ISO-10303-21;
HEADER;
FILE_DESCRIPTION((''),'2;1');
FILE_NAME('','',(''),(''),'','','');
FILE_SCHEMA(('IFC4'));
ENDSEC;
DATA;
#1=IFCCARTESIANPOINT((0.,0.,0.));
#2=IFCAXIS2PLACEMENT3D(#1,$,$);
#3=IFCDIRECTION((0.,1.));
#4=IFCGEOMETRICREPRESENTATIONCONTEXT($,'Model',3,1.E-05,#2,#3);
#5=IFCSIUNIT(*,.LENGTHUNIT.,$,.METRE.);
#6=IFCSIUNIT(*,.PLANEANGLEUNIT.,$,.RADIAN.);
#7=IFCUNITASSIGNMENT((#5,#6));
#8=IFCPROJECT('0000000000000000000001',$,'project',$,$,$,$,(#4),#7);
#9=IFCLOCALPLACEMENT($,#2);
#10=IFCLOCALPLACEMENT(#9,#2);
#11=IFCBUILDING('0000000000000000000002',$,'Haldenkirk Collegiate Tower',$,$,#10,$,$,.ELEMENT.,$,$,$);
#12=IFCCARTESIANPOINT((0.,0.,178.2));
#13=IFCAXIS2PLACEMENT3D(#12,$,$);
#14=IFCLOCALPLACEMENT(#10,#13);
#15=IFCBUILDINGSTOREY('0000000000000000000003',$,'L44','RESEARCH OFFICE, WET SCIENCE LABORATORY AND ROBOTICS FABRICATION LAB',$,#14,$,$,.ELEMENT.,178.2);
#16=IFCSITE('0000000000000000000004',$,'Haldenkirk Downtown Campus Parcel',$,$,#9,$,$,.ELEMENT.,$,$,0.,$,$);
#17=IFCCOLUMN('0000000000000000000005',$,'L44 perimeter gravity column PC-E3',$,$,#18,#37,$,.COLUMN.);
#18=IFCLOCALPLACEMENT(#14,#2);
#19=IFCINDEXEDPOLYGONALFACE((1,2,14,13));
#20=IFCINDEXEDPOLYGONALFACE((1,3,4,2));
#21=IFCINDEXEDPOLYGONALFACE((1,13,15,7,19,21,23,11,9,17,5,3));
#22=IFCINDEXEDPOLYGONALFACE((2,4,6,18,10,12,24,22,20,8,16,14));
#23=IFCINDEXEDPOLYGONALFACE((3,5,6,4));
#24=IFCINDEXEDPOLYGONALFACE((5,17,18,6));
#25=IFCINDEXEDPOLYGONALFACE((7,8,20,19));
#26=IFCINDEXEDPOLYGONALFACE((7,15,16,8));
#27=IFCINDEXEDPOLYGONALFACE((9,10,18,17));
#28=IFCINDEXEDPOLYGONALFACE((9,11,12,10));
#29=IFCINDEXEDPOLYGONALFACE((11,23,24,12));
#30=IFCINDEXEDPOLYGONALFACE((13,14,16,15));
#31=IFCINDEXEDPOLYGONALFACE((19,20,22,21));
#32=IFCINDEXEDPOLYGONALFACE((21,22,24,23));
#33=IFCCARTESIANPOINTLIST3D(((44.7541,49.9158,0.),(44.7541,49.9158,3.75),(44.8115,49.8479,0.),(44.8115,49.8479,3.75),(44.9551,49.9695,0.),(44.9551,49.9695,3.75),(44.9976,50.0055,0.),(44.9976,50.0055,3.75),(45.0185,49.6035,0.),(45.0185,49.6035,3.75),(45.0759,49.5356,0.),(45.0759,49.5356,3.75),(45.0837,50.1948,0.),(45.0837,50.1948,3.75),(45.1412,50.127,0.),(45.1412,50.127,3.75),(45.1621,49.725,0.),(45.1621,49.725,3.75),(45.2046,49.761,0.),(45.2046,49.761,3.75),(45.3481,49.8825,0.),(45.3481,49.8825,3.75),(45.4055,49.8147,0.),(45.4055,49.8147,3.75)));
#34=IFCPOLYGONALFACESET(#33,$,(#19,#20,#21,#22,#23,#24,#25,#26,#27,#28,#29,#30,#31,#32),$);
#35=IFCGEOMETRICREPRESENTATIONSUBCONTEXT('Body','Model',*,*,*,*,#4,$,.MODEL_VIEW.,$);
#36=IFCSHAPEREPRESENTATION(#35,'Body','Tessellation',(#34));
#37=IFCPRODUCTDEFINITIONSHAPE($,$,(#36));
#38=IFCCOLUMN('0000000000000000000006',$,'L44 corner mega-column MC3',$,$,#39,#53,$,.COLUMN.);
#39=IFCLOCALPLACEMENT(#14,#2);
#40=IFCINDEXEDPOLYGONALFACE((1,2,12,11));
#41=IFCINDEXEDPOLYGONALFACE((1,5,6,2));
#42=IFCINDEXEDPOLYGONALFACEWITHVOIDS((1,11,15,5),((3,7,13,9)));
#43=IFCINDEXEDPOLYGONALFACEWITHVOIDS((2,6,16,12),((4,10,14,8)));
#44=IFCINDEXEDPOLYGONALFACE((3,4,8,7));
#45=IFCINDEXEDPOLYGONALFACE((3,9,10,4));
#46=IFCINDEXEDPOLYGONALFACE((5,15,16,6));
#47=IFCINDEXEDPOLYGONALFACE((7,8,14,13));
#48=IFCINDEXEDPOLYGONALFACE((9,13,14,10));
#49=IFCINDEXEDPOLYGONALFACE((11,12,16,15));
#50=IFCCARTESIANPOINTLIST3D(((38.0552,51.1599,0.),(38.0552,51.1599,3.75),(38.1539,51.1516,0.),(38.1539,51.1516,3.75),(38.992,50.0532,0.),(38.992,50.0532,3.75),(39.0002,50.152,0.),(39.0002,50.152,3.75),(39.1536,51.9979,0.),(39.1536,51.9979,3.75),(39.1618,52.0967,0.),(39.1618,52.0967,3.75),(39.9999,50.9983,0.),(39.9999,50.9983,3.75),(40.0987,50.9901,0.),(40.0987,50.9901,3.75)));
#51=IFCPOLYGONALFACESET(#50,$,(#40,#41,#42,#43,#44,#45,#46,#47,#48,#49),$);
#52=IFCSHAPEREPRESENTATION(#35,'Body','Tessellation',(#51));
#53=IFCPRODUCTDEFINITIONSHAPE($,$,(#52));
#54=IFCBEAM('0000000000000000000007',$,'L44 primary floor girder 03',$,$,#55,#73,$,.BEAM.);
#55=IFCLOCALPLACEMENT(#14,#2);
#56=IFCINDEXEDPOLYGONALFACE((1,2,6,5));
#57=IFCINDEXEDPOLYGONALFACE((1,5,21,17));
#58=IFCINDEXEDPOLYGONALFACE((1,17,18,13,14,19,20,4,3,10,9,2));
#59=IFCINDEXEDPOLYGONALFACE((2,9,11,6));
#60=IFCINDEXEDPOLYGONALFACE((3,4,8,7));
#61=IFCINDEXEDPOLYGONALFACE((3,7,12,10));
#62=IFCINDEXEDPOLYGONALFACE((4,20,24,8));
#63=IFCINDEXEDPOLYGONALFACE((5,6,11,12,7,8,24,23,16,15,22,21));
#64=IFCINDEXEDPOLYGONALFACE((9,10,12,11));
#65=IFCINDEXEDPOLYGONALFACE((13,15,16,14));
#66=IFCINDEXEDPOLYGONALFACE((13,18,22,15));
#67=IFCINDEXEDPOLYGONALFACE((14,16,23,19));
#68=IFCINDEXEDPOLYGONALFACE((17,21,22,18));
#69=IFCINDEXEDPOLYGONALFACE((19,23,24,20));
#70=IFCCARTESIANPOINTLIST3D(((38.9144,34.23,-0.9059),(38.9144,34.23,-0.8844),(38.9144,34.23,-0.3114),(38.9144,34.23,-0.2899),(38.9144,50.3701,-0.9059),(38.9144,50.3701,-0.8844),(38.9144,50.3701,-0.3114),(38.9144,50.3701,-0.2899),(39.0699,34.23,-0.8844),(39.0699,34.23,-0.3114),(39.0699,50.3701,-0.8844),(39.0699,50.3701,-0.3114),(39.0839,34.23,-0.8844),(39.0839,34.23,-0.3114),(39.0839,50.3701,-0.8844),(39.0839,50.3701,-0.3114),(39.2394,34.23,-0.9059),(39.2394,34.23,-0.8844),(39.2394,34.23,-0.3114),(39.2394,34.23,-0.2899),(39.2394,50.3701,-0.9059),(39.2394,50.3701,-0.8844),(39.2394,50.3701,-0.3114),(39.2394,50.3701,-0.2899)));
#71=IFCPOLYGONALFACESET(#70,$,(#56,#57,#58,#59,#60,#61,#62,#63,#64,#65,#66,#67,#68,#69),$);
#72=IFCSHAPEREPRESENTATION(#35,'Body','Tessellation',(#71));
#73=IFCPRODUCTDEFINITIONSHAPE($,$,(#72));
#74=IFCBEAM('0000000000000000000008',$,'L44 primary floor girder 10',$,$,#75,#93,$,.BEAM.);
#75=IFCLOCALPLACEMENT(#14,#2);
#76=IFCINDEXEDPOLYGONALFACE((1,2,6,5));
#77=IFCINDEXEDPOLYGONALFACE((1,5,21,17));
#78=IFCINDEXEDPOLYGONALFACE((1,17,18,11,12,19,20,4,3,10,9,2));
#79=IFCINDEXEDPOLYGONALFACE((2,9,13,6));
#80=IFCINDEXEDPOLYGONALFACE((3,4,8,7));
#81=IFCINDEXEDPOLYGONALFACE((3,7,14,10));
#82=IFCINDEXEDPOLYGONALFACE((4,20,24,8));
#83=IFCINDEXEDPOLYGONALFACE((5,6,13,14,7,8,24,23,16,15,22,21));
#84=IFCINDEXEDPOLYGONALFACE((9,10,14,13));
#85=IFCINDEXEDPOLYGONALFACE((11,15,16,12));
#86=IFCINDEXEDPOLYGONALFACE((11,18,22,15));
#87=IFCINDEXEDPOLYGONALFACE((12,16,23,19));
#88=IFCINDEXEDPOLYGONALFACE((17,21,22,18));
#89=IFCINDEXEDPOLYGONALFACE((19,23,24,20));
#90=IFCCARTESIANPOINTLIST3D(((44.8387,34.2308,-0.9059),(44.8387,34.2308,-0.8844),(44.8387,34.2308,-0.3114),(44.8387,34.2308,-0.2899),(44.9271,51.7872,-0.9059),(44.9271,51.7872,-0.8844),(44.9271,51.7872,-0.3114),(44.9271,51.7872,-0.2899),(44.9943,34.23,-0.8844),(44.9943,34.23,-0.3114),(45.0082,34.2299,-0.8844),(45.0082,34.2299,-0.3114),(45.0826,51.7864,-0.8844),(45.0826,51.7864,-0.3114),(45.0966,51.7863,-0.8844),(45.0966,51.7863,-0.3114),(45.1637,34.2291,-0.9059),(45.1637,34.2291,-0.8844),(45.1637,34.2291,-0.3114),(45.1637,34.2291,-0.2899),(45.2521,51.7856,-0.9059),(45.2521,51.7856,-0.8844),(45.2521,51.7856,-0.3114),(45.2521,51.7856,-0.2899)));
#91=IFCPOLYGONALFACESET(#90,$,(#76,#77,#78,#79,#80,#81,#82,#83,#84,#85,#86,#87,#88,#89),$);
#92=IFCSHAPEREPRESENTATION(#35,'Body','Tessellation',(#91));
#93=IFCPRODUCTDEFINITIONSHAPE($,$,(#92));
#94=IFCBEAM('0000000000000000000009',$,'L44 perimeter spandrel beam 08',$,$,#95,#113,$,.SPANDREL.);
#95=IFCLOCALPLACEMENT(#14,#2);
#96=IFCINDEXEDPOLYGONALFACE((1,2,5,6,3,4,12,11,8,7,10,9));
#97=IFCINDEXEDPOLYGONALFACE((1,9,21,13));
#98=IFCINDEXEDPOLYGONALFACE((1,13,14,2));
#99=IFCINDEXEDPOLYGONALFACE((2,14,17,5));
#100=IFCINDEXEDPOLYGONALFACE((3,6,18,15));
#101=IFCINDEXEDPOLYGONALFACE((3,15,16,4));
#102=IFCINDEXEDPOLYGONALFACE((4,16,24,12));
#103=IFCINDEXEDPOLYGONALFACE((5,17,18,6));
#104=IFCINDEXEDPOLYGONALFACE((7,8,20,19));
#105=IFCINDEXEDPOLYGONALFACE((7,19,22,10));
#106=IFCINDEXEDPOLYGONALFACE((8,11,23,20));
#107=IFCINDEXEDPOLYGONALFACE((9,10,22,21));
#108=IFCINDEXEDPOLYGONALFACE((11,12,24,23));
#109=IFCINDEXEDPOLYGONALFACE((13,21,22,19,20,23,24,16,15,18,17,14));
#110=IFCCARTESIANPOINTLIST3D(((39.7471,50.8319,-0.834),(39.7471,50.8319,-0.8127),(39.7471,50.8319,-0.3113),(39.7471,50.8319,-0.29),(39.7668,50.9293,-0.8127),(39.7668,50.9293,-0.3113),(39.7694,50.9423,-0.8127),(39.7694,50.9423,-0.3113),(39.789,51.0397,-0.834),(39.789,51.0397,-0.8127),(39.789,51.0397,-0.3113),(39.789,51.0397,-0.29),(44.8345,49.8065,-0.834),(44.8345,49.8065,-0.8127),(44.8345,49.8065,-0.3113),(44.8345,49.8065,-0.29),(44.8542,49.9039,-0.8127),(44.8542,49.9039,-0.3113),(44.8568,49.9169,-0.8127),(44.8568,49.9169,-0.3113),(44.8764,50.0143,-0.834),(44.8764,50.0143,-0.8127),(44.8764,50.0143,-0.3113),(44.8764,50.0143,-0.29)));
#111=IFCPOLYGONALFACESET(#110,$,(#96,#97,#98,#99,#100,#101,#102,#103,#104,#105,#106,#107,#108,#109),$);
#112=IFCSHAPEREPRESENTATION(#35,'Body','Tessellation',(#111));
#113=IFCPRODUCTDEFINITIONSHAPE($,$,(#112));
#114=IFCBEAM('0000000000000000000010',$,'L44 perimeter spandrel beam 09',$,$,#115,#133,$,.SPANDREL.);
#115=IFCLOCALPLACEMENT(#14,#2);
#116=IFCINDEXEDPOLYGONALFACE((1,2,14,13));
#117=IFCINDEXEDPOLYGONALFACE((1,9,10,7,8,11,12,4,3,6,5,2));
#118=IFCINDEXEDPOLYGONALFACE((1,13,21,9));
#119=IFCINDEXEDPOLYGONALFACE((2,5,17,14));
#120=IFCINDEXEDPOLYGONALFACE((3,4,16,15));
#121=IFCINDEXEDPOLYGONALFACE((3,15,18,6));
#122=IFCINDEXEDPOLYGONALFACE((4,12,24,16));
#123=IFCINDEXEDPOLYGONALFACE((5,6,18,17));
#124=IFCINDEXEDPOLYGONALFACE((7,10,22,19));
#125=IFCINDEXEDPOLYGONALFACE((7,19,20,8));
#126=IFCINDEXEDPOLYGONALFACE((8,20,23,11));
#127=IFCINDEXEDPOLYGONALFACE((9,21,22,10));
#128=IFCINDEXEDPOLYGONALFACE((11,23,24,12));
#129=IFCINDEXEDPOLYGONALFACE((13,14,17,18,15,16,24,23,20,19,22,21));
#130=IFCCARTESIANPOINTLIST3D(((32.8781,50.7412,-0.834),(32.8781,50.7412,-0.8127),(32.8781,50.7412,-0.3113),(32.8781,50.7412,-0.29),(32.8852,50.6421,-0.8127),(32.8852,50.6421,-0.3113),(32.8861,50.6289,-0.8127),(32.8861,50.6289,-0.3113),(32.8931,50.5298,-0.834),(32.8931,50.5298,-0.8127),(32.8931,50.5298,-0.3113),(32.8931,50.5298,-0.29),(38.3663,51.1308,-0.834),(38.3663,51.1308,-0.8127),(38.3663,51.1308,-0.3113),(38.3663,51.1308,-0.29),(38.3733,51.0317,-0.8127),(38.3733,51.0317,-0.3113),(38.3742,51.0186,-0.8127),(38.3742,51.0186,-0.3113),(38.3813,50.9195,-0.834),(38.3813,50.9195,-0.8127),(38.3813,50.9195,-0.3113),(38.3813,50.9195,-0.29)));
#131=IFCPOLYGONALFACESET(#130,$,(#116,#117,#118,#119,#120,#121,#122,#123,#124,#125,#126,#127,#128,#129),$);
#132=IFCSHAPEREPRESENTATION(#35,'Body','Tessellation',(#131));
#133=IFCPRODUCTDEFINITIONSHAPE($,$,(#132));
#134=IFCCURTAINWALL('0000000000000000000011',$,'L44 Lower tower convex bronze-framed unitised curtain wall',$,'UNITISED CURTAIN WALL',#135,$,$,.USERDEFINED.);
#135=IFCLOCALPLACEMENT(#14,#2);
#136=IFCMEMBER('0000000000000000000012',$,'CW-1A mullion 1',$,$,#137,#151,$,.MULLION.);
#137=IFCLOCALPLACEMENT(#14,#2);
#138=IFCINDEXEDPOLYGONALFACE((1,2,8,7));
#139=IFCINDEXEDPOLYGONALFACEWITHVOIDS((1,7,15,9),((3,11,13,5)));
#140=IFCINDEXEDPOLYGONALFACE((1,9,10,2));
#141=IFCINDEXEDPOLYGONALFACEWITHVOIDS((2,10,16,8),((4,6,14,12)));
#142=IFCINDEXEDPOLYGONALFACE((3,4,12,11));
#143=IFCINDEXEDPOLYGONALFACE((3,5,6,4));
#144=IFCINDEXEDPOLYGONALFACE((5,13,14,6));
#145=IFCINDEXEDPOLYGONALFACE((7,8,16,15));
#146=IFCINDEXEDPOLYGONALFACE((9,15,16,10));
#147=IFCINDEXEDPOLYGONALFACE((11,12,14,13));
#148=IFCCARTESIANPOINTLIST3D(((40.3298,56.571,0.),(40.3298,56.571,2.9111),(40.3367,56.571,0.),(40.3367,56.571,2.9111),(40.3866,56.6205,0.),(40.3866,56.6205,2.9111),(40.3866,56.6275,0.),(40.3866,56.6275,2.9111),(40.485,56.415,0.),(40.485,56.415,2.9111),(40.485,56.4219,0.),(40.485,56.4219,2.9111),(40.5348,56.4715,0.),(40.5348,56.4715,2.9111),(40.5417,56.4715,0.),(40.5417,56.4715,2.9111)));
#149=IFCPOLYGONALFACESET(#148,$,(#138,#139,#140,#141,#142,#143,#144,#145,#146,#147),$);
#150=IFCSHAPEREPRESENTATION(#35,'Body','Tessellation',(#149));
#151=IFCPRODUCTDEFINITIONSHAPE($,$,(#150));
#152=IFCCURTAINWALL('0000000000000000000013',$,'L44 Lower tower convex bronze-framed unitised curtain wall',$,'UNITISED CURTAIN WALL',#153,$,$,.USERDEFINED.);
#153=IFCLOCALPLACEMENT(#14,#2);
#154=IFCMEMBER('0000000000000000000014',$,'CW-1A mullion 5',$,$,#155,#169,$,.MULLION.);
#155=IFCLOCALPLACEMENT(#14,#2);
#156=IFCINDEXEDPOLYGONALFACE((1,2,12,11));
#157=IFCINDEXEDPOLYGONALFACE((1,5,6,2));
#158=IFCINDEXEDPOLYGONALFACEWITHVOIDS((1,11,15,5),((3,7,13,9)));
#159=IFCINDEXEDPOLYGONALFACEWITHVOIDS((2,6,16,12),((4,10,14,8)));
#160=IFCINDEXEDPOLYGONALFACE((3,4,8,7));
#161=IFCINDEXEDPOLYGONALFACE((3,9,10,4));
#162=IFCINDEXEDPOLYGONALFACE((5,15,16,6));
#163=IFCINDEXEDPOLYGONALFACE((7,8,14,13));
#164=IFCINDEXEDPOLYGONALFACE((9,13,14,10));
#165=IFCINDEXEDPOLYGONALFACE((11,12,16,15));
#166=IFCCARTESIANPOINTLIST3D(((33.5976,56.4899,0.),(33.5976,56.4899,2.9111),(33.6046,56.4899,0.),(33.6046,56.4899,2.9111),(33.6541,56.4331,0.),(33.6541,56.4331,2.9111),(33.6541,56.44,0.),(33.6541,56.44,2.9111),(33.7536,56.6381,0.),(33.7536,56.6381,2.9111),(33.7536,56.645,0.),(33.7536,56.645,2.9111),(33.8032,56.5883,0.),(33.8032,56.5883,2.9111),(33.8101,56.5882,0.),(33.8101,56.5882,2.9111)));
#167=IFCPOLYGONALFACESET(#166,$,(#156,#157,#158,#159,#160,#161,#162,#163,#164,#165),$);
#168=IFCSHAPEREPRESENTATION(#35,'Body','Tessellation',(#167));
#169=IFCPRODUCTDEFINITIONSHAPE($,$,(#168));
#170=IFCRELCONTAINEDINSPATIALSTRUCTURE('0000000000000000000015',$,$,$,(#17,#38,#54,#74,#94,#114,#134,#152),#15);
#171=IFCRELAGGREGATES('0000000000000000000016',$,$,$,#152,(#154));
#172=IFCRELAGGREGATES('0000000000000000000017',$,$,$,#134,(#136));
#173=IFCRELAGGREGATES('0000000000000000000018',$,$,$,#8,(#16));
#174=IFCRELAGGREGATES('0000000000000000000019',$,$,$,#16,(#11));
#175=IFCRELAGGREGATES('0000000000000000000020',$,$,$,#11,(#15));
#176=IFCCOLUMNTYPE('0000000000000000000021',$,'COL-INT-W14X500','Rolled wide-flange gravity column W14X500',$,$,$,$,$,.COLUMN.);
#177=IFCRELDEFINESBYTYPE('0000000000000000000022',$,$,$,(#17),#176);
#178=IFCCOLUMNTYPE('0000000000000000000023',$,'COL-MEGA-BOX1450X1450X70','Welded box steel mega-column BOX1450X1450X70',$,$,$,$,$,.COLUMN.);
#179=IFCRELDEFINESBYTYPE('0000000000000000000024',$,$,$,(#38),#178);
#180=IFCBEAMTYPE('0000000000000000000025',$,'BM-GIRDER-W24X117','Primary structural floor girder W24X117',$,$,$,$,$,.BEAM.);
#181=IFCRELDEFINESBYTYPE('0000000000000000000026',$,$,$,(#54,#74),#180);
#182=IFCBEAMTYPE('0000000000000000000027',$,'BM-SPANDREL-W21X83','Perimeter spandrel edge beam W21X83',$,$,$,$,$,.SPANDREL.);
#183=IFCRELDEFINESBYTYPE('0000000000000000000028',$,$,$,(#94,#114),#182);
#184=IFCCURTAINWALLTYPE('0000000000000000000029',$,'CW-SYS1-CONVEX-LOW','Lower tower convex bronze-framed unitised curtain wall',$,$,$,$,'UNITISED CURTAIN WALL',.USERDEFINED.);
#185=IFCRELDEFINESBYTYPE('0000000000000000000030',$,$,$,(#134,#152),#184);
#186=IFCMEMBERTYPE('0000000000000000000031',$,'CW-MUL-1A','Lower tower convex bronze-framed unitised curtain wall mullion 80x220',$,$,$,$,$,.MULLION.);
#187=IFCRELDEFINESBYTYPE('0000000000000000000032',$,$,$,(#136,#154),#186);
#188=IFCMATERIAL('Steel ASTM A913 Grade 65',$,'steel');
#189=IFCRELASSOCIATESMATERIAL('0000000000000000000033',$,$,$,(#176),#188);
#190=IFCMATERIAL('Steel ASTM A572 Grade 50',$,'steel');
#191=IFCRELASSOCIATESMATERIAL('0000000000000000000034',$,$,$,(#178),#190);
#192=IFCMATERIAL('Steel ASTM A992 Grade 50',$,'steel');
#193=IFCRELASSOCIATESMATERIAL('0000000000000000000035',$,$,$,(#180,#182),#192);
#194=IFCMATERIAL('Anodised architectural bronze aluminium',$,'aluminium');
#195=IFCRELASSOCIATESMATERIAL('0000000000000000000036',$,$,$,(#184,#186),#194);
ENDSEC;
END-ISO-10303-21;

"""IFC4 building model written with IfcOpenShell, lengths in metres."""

from ifc_helpers import new_model, si_unit, direction, frame, origin, origin_2d, place, context, subcontext, project, spatial, hollow_rectangle, i_section, extrude, material, material_profile, profile_set, type_object, element, aggregate, save


model = new_model("IFC4")

# Units and contexts
model_context = context("Model", 3, precision=1e-05, world=origin(), true_north=direction((0.0, 1.0)))
body_context = subcontext(model_context, "Body", "Model", "MODEL_VIEW")
ifc_project = project(units=[si_unit("LENGTHUNIT", "METRE"), si_unit("PLANEANGLEUNIT", "RADIAN")], contexts=[model_context])

# Site, building, storey
site_placement = place(None, origin())
site = spatial("IfcSite", under=ifc_project, at=site_placement, Name="Haldenkirk Downtown Campus Parcel", CompositionType="ELEMENT", RefElevation=0.0)
building_placement = place(site_placement, origin())
building = spatial("IfcBuilding", under=site, at=building_placement, Name="Haldenkirk Collegiate Tower", CompositionType="ELEMENT")
storey_placement = place(building_placement, frame((0.0, 0.0, 178.2)))
storey = spatial("IfcBuildingStorey", under=building, at=storey_placement, Name="L44", Description="RESEARCH OFFICE, WET SCIENCE LABORATORY AND ROBOTICS FABRICATION LAB", CompositionType="ELEMENT", Elevation=178.2)

# Columns
ifc_material_1 = material(Name="Steel ASTM A913 Grade 65", Category="steel")
ifc_material_profile_1 = material_profile(ifc_material_1, i_section(OverallWidth=0.4319, OverallDepth=0.498, WebThickness=0.0557, FlangeThickness=0.0889, at=origin_2d()), Name="W14X500")
ifc_profile_set_1 = profile_set([ifc_material_profile_1], Name="Steel ASTM A913 Grade 65")
column_type_1 = type_object("IfcColumnType", Name="COL-INT-W14X500", Description="Rolled wide-flange gravity column W14X500", PredefinedType="COLUMN", material=ifc_profile_set_1)
column_1_placement = place(storey_placement, frame((45.0798, 49.8652, 0.0), z_axis=(0.0, 0.0, 1.0), x_axis=(0.763232, 0.646124, 0.0)))
element("IfcColumn", 1, at=column_1_placement, inside=storey, type_object=column_type_1, Name="L44 perimeter gravity column PC-E3", PredefinedType="COLUMN", context=body_context, shape_type="SweptSolid", body=[
    extrude(i_section(OverallWidth=0.4319, OverallDepth=0.498, WebThickness=0.0557, FlangeThickness=0.0889, at=origin_2d()), origin(), (0.0, 0.0, 1.0), 3.75),
])
ifc_material_2 = material(Name="Steel ASTM A572 Grade 50", Category="steel")
ifc_material_profile_2 = material_profile(ifc_material_2, hollow_rectangle(XDim=1.45, YDim=1.45, WallThickness=0.0701, at=origin_2d()), Name="BOX1450X1450X70")
ifc_profile_set_2 = profile_set([ifc_material_profile_2], Name="Steel ASTM A572 Grade 50")
column_type_2 = type_object("IfcColumnType", Name="COL-MEGA-BOX1450X1450X70", Description="Welded box steel mega-column BOX1450X1450X70", PredefinedType="COLUMN", material=ifc_profile_set_2)
column_2_placement = place(storey_placement, frame((39.0769, 51.075, 0.0), z_axis=(0.0, 0.0, 1.0), x_axis=(0.763232, 0.646124, 0.0)))
element("IfcColumn", 2, at=column_2_placement, inside=storey, type_object=column_type_2, Name="L44 corner mega-column MC3", PredefinedType="COLUMN", context=body_context, shape_type="SweptSolid", body=[
    extrude(hollow_rectangle(XDim=1.45, YDim=1.45, WallThickness=0.0701, at=origin_2d()), origin(), (0.0, 0.0, 1.0), 3.75),
])

# Beams
ifc_material_3 = material(Name="Steel ASTM A992 Grade 50", Category="steel")
ifc_material_profile_3 = material_profile(ifc_material_3, i_section(OverallWidth=0.325, OverallDepth=0.616, WebThickness=0.0139, FlangeThickness=0.0215, at=origin_2d()), Name="W24X117")
ifc_profile_set_3 = profile_set([ifc_material_profile_3], Name="Steel ASTM A992 Grade 50")
beam_type_1 = type_object("IfcBeamType", Name="BM-GIRDER-W24X117", Description="Primary structural floor girder W24X117", PredefinedType="BEAM", material=ifc_profile_set_3)
beam_1_placement = place(storey_placement, frame((39.0769, 50.3701, -0.5979), z_axis=(0.0, -1.0, 0.0), x_axis=(1.0, 0.0, 0.0)))
element("IfcBeam", 3, at=beam_1_placement, inside=storey, type_object=beam_type_1, Name="L44 primary floor girder 03", PredefinedType="BEAM", context=body_context, shape_type="SweptSolid", body=[
    extrude(i_section(OverallWidth=0.325, OverallDepth=0.616, WebThickness=0.0139, FlangeThickness=0.0215, at=origin_2d()), origin(), (0.0, 0.0, 1.0), 16.1401),
])
beam_2_placement = place(storey_placement, frame((45.0896, 51.7864, -0.5979), z_axis=(-0.005034, -0.999987, 0.0), x_axis=(0.999987, -0.005034, 0.0)))
element("IfcBeam", 4, at=beam_2_placement, inside=storey, type_object=beam_type_1, Name="L44 primary floor girder 10", PredefinedType="BEAM", context=body_context, shape_type="SweptSolid", body=[
    extrude(i_section(OverallWidth=0.325, OverallDepth=0.616, WebThickness=0.0139, FlangeThickness=0.0215, at=origin_2d()), origin(), (0.0, 0.0, 1.0), 17.5566),
])
ifc_material_profile_4 = material_profile(ifc_material_3, i_section(OverallWidth=0.2119, OverallDepth=0.5439, WebThickness=0.0132, FlangeThickness=0.0212, at=origin_2d()), Name="W21X83")
ifc_profile_set_4 = profile_set([ifc_material_profile_4], Name="Steel ASTM A992 Grade 50")
beam_type_2 = type_object("IfcBeamType", Name="BM-SPANDREL-W21X83", Description="Perimeter spandrel edge beam W21X83", PredefinedType="SPANDREL", material=ifc_profile_set_4)
beam_3_placement = place(storey_placement, frame((44.8555, 49.9104, -0.562), z_axis=(-0.980286, 0.197581, 0.0), x_axis=(-0.197581, -0.980286, 0.0)))
element("IfcBeam", 5, at=beam_3_placement, inside=storey, type_object=beam_type_2, Name="L44 perimeter spandrel beam 08", PredefinedType="SPANDREL", context=body_context, shape_type="SweptSolid", body=[
    extrude(i_section(OverallWidth=0.2119, OverallDepth=0.5439, WebThickness=0.0132, FlangeThickness=0.0212, at=origin_2d()), origin(), (0.0, 0.0, 1.0), 5.1897),
])
beam_4_placement = place(storey_placement, frame((38.3738, 51.0251, -0.562), z_axis=(-0.997489, -0.070821, 0.0), x_axis=(0.070821, -0.997489, 0.0)))
element("IfcBeam", 6, at=beam_4_placement, inside=storey, type_object=beam_type_2, Name="L44 perimeter spandrel beam 09", PredefinedType="SPANDREL", context=body_context, shape_type="SweptSolid", body=[
    extrude(i_section(OverallWidth=0.2119, OverallDepth=0.5439, WebThickness=0.0132, FlangeThickness=0.0212, at=origin_2d()), origin(), (0.0, 0.0, 1.0), 5.502),
])

# Curtain walls, members
ifc_material_4 = material(Name="Anodised architectural bronze aluminium", Category="aluminium")
curtain_wall_type = type_object("IfcCurtainWallType", Name="CW-SYS1-CONVEX-LOW", Description="Lower tower convex bronze-framed unitised curtain wall", ElementType="UNITISED CURTAIN WALL", PredefinedType="USERDEFINED", material=ifc_material_4)
curtain_wall_1_placement = place(storey_placement, origin())
curtain_wall_1 = element("IfcCurtainWall", 7, at=curtain_wall_1_placement, inside=storey, type_object=curtain_wall_type, Name="L44 Lower tower convex bronze-framed unitised curtain wall", ObjectType="UNITISED CURTAIN WALL", PredefinedType="USERDEFINED")
ifc_material_profile_5 = material_profile(ifc_material_4, hollow_rectangle(XDim=0.0801, YDim=0.22, WallThickness=0.0049, at=origin_2d()), Name="CW-MUL-1A")
ifc_profile_set_5 = profile_set([ifc_material_profile_5], Name="Anodised architectural bronze aluminium")
member_type_1 = type_object("IfcMemberType", Name="CW-MUL-1A", Description="Lower tower convex bronze-framed unitised curtain wall mullion 80x220", PredefinedType="MULLION", material=ifc_profile_set_5)
member_1_placement = place(storey_placement, frame((40.4358, 56.5212, 0.0), z_axis=(0.0, 0.0, 1.0), x_axis=(0.708954, 0.705255, 0.0)))
member_1 = element("IfcMember", 8, at=member_1_placement, type_object=member_type_1, Name="CW-1A mullion 1", PredefinedType="MULLION", context=body_context, shape_type="SweptSolid", body=[
    extrude(hollow_rectangle(XDim=0.0801, YDim=0.22, WallThickness=0.0049, at=origin_2d()), origin(), (0.0, 0.0, 1.0), 2.9111),
])
curtain_wall_2_placement = place(storey_placement, origin())
curtain_wall_2 = element("IfcCurtainWall", 9, at=curtain_wall_2_placement, inside=storey, type_object=curtain_wall_type, Name="L44 Lower tower convex bronze-framed unitised curtain wall", ObjectType="UNITISED CURTAIN WALL", PredefinedType="USERDEFINED")
member_2_placement = place(storey_placement, frame((33.7039, 56.5391, 0.0), z_axis=(0.0, 0.0, 1.0), x_axis=(-0.705255, 0.708954, 0.0)))
member_2 = element("IfcMember", 10, at=member_2_placement, type_object=member_type_1, Name="CW-1A mullion 5", PredefinedType="MULLION", context=body_context, shape_type="SweptSolid", body=[
    extrude(hollow_rectangle(XDim=0.0801, YDim=0.22, WallThickness=0.0049, at=origin_2d()), origin(), (0.0, 0.0, 1.0), 2.9111),
])
aggregate(curtain_wall_2, [member_2])

aggregate(curtain_wall_1, [member_1])

save(model, "model.ifc")
